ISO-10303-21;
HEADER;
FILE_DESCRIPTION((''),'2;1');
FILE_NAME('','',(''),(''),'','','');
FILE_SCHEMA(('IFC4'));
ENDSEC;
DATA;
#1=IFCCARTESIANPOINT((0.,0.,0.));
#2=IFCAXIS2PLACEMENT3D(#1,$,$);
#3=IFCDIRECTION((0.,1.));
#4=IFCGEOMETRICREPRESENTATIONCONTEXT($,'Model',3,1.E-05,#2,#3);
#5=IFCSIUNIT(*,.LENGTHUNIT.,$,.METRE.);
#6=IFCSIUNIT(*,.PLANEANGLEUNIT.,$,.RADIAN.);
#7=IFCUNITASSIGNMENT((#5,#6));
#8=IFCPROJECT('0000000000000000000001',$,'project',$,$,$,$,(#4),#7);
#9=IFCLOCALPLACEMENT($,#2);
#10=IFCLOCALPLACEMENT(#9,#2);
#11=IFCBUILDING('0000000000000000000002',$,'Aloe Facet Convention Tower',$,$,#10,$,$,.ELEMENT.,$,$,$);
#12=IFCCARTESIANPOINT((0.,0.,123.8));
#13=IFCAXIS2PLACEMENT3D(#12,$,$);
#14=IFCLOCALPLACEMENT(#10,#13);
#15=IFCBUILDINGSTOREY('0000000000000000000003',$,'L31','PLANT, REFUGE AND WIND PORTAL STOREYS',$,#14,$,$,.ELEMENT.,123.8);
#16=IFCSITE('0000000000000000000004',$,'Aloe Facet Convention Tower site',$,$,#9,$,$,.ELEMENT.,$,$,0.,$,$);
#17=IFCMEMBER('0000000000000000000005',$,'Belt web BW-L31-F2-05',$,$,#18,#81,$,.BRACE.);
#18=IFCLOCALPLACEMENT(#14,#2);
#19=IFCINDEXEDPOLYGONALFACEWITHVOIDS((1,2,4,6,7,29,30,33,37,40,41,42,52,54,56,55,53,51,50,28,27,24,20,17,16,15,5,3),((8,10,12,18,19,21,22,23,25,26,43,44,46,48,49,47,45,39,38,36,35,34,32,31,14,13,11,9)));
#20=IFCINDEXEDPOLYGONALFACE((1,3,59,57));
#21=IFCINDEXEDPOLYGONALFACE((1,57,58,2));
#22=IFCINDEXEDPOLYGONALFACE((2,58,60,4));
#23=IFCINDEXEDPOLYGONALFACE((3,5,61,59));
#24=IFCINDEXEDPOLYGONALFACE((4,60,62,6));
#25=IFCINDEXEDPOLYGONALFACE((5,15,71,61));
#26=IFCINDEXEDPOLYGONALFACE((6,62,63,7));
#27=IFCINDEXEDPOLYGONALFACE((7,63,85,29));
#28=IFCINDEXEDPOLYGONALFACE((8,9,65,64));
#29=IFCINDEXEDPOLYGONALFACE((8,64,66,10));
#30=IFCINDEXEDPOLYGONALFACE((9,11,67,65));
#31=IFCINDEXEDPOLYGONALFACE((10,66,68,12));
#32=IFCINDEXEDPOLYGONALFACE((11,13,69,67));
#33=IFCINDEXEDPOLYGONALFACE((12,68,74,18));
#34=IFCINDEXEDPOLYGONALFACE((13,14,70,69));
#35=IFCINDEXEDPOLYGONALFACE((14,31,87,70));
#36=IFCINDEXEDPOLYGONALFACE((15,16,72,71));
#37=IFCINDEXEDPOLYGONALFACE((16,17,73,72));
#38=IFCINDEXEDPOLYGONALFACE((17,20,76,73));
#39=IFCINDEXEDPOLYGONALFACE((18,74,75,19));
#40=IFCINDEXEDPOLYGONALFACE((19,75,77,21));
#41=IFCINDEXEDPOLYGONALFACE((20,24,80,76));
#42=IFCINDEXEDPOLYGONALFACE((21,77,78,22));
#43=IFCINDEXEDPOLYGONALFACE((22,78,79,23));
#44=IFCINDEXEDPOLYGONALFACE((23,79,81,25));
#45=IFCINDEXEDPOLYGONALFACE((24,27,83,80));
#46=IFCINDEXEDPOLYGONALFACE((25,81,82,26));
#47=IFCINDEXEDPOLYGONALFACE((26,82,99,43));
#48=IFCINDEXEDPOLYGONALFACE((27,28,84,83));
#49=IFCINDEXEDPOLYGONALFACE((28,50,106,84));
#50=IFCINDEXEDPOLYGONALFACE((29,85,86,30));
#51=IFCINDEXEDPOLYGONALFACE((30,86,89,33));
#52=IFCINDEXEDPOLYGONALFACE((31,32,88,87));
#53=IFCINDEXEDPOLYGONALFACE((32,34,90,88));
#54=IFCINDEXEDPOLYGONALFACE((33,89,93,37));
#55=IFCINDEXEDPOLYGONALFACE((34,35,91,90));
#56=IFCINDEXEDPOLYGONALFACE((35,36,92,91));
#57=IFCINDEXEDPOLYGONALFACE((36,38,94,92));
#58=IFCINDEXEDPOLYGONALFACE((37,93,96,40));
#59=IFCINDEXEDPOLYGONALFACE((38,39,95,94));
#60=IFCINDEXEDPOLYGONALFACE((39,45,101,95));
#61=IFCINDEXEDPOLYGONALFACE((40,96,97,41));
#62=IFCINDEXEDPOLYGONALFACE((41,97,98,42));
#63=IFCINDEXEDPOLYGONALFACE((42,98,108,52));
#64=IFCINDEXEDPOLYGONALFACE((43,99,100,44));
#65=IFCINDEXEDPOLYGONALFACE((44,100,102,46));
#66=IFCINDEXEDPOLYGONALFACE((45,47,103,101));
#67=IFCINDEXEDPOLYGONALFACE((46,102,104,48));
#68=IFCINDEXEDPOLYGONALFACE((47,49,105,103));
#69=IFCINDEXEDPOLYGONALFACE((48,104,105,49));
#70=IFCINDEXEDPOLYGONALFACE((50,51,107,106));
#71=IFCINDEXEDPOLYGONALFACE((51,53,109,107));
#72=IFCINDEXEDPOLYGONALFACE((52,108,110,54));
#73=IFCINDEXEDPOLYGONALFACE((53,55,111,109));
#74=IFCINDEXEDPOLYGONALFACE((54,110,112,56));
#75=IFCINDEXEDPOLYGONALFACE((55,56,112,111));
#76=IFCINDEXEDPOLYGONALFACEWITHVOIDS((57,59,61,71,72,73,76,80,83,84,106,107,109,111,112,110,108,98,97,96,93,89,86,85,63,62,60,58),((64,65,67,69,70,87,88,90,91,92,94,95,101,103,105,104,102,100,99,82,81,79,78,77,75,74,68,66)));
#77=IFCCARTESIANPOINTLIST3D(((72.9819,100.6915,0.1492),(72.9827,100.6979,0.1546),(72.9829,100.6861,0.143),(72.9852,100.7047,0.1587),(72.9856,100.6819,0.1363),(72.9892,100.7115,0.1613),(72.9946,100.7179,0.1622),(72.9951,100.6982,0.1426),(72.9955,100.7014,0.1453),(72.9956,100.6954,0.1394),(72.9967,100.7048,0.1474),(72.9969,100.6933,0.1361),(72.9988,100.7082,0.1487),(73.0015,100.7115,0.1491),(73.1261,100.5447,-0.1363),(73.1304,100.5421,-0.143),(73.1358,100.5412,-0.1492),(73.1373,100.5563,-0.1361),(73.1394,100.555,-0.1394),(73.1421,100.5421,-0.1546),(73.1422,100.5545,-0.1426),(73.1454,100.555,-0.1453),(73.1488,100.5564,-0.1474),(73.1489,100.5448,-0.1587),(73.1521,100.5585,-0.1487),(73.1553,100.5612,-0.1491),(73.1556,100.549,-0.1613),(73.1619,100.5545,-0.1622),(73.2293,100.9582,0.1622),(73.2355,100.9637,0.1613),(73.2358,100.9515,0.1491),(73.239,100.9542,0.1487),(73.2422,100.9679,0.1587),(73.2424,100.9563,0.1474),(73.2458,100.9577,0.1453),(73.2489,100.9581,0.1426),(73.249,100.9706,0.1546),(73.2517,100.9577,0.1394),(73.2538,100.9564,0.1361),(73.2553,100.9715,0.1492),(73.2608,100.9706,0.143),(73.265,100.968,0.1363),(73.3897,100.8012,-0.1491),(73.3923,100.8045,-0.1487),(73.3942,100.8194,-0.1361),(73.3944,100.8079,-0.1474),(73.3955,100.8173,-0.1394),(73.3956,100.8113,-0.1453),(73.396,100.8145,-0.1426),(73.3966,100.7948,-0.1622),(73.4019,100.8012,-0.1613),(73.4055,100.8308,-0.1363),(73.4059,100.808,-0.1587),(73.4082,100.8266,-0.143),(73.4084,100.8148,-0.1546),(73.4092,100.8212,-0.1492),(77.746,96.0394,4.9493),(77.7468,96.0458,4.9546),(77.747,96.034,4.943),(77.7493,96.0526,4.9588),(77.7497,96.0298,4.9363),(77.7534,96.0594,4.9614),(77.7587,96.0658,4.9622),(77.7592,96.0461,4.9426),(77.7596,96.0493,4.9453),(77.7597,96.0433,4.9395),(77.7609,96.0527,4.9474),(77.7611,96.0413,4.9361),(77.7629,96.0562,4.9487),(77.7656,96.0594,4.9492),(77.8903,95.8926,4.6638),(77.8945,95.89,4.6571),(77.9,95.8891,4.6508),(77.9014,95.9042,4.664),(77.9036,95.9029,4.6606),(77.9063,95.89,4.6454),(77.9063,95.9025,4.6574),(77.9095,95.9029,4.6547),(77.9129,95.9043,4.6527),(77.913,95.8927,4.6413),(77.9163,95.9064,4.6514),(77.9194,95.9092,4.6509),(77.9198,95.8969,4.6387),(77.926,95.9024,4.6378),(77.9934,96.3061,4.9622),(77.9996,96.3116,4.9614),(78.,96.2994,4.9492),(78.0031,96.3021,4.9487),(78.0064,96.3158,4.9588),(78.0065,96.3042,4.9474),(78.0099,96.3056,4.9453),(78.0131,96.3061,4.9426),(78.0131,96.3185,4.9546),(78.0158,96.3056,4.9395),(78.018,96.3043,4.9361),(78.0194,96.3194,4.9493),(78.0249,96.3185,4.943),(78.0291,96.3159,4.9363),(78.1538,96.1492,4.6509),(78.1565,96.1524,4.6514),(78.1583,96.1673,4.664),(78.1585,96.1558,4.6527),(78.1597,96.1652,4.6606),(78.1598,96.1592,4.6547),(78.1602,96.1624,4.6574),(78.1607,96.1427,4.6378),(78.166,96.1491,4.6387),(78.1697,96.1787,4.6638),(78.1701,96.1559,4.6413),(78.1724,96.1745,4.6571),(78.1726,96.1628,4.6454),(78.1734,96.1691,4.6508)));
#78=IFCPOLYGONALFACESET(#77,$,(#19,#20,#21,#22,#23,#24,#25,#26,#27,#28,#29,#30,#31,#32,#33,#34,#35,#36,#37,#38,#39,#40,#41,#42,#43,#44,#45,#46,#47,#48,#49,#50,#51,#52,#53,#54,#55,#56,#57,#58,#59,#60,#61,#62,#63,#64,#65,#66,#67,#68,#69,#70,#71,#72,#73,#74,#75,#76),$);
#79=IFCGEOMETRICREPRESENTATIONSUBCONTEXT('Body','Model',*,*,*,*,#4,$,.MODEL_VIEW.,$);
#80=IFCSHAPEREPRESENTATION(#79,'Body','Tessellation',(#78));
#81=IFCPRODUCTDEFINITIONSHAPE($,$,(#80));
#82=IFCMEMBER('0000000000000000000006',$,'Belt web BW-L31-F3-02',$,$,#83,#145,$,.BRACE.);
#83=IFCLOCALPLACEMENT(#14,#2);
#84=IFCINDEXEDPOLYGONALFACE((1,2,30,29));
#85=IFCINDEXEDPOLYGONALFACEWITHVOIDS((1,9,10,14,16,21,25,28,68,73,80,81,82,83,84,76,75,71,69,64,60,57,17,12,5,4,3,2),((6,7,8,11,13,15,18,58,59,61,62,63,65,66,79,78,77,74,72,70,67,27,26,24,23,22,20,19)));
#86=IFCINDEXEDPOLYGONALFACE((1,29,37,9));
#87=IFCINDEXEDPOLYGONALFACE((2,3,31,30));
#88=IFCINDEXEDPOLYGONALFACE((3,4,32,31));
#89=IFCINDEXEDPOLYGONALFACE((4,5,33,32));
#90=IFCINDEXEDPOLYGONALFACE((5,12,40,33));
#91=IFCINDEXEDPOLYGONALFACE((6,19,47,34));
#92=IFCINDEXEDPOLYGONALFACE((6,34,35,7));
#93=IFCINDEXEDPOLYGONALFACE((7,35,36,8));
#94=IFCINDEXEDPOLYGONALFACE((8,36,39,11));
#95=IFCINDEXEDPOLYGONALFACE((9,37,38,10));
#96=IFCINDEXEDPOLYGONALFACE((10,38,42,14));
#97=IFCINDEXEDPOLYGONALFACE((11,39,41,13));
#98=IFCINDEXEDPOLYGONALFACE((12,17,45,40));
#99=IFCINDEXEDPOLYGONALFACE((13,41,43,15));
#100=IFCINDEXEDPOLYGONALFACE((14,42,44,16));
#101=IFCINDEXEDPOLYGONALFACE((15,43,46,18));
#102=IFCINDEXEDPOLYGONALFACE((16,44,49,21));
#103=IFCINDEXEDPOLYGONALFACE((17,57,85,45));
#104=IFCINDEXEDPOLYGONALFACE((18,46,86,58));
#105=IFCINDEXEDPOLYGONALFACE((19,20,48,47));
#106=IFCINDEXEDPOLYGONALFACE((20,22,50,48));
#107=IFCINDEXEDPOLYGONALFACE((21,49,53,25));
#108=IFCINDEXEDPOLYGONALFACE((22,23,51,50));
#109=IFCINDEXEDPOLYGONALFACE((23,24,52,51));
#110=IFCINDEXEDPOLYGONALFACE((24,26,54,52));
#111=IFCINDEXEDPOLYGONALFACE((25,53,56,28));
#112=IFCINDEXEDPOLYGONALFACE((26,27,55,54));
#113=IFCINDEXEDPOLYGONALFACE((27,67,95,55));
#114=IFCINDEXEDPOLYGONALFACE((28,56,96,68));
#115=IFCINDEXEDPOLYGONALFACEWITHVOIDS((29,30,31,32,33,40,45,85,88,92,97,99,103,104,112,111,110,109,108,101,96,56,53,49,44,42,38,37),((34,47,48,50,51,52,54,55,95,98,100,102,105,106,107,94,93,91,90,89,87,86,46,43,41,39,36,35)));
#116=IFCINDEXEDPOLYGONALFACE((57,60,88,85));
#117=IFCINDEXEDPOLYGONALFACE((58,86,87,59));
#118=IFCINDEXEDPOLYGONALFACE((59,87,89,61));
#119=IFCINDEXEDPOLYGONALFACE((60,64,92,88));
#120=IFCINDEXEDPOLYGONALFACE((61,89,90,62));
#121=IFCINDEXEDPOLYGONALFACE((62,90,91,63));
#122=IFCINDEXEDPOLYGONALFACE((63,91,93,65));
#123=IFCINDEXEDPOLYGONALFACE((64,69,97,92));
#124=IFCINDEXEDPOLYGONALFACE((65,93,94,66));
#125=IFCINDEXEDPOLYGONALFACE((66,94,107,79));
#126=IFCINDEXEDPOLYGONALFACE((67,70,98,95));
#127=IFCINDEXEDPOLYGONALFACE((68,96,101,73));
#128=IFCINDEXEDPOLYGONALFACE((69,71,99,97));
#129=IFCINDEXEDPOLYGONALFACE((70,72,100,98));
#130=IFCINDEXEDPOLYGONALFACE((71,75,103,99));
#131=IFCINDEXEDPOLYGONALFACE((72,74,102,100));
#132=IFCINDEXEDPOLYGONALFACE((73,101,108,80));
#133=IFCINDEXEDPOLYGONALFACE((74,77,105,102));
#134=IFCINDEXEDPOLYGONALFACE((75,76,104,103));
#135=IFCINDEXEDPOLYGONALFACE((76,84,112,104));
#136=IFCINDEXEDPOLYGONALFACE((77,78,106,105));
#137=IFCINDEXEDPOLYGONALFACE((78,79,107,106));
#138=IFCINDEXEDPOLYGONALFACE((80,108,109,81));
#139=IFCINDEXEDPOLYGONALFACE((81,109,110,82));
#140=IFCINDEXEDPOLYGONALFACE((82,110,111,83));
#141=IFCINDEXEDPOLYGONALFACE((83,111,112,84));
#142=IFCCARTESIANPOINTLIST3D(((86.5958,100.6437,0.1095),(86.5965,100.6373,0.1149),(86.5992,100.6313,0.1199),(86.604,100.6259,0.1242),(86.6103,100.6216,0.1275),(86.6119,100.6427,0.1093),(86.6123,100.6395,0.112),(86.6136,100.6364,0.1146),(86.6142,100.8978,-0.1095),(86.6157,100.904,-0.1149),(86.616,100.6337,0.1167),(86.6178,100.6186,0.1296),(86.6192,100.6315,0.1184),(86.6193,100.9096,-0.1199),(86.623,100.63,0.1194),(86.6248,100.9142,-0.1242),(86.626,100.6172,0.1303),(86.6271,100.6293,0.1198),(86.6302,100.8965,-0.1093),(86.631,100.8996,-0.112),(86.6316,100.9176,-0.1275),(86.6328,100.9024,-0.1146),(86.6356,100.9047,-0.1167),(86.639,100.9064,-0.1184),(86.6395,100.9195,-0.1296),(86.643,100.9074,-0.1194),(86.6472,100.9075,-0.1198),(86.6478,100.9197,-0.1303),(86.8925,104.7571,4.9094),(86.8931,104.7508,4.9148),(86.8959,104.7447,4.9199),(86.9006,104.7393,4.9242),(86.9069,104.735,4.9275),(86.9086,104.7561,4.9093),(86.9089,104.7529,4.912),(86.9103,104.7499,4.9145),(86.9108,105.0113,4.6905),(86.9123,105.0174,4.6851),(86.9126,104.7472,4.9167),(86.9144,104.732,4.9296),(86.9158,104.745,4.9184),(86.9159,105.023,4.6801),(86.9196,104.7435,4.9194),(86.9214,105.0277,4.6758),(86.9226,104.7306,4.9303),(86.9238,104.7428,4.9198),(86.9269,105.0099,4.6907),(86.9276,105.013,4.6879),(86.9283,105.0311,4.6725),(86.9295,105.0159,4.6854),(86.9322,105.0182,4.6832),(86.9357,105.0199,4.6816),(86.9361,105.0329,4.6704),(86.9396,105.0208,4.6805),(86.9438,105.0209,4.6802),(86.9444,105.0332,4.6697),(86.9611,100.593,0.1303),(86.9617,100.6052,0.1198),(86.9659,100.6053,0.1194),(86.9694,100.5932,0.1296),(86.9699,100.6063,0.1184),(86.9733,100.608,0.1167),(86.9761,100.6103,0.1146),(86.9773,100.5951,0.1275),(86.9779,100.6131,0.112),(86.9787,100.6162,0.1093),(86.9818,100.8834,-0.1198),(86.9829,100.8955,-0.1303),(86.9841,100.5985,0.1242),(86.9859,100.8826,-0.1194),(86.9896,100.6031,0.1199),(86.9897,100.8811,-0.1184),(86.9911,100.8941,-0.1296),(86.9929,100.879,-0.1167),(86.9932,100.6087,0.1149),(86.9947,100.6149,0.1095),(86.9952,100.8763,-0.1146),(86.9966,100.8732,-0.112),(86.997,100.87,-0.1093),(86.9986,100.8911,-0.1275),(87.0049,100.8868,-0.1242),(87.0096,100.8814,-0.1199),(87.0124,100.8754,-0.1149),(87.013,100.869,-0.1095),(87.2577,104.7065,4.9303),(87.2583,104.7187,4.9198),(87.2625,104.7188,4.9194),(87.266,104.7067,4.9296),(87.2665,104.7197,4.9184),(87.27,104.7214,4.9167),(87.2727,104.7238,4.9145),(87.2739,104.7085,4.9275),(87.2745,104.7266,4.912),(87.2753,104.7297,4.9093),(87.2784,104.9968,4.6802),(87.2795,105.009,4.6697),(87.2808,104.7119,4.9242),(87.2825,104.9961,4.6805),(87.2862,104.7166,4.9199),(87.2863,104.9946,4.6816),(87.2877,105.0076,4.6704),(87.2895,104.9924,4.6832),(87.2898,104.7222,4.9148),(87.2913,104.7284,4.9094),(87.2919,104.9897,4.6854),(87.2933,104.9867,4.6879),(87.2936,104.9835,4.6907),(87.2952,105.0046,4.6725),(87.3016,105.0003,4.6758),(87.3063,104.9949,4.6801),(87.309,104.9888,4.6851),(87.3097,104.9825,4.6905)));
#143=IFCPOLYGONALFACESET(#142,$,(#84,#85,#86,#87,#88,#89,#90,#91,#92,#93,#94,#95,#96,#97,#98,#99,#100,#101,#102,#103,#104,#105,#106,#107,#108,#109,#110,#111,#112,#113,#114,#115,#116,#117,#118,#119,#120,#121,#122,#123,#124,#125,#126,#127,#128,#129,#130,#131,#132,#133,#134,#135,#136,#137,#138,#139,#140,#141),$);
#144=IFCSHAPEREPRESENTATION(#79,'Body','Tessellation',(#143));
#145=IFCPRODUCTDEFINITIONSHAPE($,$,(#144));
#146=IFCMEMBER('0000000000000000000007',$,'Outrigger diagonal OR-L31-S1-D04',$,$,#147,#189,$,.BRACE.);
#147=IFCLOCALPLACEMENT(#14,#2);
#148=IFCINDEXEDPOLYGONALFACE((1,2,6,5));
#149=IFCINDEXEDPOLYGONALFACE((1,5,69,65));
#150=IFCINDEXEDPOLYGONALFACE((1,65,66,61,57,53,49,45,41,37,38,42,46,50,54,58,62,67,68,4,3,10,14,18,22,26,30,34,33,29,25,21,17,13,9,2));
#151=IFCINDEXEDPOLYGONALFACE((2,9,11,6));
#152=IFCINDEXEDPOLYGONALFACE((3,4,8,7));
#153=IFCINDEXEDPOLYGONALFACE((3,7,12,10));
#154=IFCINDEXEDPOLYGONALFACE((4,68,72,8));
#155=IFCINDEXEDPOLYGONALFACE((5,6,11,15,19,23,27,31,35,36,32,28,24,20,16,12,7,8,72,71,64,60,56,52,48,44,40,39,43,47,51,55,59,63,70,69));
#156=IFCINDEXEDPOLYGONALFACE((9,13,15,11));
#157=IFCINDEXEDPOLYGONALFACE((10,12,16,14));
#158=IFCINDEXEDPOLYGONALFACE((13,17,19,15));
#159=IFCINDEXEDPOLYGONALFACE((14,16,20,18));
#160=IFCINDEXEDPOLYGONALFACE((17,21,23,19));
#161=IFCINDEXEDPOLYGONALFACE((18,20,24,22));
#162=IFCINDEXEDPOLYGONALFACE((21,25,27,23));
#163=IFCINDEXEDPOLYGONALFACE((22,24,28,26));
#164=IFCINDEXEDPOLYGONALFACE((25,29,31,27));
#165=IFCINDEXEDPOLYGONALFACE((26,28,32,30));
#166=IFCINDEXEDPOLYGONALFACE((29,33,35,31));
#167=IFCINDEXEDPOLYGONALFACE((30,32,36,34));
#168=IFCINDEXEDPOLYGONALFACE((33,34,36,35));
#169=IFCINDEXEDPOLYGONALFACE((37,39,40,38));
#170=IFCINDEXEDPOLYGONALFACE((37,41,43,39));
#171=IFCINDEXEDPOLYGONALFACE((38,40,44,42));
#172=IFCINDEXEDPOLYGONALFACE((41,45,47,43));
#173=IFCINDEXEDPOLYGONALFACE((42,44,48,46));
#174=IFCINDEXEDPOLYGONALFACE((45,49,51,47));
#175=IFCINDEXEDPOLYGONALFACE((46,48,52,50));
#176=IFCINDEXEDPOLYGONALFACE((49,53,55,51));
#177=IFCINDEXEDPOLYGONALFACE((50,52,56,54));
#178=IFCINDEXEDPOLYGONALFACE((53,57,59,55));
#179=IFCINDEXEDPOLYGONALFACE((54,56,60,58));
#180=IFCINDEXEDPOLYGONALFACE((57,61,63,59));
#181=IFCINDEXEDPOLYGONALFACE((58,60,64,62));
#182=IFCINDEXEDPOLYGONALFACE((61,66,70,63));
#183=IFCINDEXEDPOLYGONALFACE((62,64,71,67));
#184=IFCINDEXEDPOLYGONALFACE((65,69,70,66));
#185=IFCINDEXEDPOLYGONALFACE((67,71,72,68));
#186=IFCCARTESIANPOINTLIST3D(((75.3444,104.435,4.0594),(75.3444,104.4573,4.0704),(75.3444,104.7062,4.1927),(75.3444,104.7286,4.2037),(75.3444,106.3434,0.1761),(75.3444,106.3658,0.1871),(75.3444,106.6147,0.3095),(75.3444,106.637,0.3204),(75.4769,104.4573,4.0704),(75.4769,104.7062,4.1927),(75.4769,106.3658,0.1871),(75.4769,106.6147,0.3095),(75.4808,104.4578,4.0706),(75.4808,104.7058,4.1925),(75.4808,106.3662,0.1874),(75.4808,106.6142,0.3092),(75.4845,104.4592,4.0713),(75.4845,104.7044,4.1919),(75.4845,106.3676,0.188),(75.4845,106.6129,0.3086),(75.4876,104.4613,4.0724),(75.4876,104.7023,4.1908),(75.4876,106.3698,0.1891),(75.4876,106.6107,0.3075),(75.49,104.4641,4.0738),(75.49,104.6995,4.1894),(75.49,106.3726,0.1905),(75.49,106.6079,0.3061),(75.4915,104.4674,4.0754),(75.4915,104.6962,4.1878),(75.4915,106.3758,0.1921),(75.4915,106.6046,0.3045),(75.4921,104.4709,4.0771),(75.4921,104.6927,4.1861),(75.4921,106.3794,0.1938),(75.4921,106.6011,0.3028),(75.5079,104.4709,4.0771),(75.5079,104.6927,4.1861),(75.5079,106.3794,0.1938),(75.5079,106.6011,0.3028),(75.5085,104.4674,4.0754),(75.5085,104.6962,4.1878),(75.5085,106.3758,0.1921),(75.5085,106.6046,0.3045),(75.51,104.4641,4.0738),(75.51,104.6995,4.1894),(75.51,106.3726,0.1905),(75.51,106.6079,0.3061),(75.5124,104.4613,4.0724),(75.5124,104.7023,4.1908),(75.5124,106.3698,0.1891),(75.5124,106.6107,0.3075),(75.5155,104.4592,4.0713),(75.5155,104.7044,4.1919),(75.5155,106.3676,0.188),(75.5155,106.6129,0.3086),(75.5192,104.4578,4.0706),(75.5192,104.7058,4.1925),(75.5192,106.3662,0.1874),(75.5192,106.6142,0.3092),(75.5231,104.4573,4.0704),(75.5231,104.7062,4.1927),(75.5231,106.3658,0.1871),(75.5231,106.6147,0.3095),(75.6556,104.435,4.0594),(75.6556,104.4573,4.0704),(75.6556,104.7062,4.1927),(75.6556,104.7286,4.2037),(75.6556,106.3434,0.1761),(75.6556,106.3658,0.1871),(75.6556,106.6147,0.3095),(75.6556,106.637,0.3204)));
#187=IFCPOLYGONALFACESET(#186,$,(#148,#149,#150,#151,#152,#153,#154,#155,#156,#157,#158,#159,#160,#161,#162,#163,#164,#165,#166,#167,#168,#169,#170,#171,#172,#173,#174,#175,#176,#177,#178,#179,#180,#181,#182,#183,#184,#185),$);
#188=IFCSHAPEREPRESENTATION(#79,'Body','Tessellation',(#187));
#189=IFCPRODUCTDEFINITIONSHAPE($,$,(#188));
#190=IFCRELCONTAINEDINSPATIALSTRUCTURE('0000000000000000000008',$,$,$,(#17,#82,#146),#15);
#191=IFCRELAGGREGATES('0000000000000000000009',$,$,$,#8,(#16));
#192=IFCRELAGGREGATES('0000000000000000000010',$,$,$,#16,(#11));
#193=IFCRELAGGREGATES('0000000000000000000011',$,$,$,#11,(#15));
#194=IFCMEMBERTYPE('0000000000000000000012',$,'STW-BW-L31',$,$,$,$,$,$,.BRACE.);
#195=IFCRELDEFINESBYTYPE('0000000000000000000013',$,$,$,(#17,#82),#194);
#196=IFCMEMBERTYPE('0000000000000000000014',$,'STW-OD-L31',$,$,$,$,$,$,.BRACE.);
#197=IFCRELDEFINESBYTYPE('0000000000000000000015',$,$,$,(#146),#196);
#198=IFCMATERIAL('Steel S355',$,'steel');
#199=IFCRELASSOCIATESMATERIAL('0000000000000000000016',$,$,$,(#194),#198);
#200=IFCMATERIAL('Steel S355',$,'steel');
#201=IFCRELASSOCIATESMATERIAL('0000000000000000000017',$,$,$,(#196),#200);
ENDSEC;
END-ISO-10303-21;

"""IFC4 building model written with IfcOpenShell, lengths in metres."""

from ifc_helpers import new_model, si_unit, direction, frame, origin, origin_2d, place, context, subcontext, project, spatial, hollow_rectangle, i_section, extrude, material, material_profile, profile_set, type_object, element, save


model = new_model("IFC4")

# Units and contexts
model_context = context("Model", 3, precision=1e-05, world=origin(), true_north=direction((0.0, 1.0)))
body_context = subcontext(model_context, "Body", "Model", "MODEL_VIEW")
ifc_project = project(units=[si_unit("LENGTHUNIT", "METRE"), si_unit("PLANEANGLEUNIT", "RADIAN")], contexts=[model_context])

# Site, building, storey
site_placement = place(None, origin())
site = spatial("IfcSite", under=ifc_project, at=site_placement, Name="Aloe Facet Convention Tower site", CompositionType="ELEMENT", RefElevation=0.0)
building_placement = place(site_placement, origin())
building = spatial("IfcBuilding", under=site, at=building_placement, Name="Aloe Facet Convention Tower", CompositionType="ELEMENT")
storey_placement = place(building_placement, frame((0.0, 0.0, 123.8)))
storey = spatial("IfcBuildingStorey", under=building, at=storey_placement, Name="L31", Description="PLANT, REFUGE AND WIND PORTAL STOREYS", CompositionType="ELEMENT", Elevation=123.8)

# Members
ifc_material_1 = material(Name="Steel S355", Category="steel")
ifc_material_profile_1 = material_profile(ifc_material_1, hollow_rectangle(XDim=0.3999, YDim=0.3999, WallThickness=0.0161, InnerFilletRadius=0.0161, OuterFilletRadius=0.032, at=origin_2d()), Name="SHS 400x400x16")
ifc_profile_set_1 = profile_set([ifc_material_profile_1], Name="Steel S355")
member_type_1 = type_object("IfcMemberType", Name="STW-BW-L31", PredefinedType="BRACE", material=ifc_profile_set_1)
member_1_placement = place(storey_placement, frame((73.1956, 100.7563, 0.0), z_axis=(0.580392, -0.566741, 0.584765), x_axis=(0.698642, 0.715471, 0.0)))
element("IfcMember", 1, at=member_1_placement, inside=storey, type_object=member_type_1, Name="Belt web BW-L31-F2-05", PredefinedType="BRACE", context=body_context, shape_type="SweptSolid", body=[
    extrude(hollow_rectangle(XDim=0.3999, YDim=0.3999, WallThickness=0.0161, InnerFilletRadius=0.0161, OuterFilletRadius=0.032, at=origin_2d()), origin(), (0.0, 0.0, 1.0), 8.2085),
])
member_2_placement = place(storey_placement, frame((86.8044, 100.7563, 0.0), z_axis=(0.046872, 0.650003, 0.758485), x_axis=(-0.99741, 0.071924, 0.0)))
element("IfcMember", 2, at=member_2_placement, inside=storey, type_object=member_type_1, Name="Belt web BW-L31-F3-02", PredefinedType="BRACE", context=body_context, shape_type="SweptSolid", body=[
    extrude(hollow_rectangle(XDim=0.3999, YDim=0.3999, WallThickness=0.0161, InnerFilletRadius=0.0161, OuterFilletRadius=0.032, at=origin_2d()), origin(), (0.0, 0.0, 1.0), 6.3284),
])
ifc_material_2 = material(Name="Steel S355", Category="steel")
ifc_material_profile_2 = material_profile(ifc_material_2, i_section(OverallWidth=0.3113, OverallDepth=0.3271, WebThickness=0.0159, FlangeThickness=0.0249, FilletRadius=0.0151, at=origin_2d()), Name="UC 305x305x158")
ifc_profile_set_2 = profile_set([ifc_material_profile_2], Name="Steel S355")
member_type_2 = type_object("IfcMemberType", Name="STW-OD-L31", PredefinedType="BRACE", material=ifc_profile_set_2)
for number, where, z_axis, x_axis, name in (
    (3, (75.5, 106.4902, 0.2483), (0.0, -0.441064, 0.897476), (1.0, 0.0, 0.0), "Outrigger diagonal OR-L31-S1-D04"),
):
    element("IfcMember", number, at=place(storey_placement, frame(where, z_axis=z_axis, x_axis=x_axis)), inside=storey, type_object=member_type_2, Name=name, PredefinedType="BRACE", context=body_context, shape_type="SweptSolid", body=[
        extrude(i_section(OverallWidth=0.3113, OverallDepth=0.3271, WebThickness=0.0159, FlangeThickness=0.0249, FilletRadius=0.0151, at=origin_2d()), origin(), (0.0, 0.0, 1.0), 4.3269),
    ])

save(model, "model.ifc")
